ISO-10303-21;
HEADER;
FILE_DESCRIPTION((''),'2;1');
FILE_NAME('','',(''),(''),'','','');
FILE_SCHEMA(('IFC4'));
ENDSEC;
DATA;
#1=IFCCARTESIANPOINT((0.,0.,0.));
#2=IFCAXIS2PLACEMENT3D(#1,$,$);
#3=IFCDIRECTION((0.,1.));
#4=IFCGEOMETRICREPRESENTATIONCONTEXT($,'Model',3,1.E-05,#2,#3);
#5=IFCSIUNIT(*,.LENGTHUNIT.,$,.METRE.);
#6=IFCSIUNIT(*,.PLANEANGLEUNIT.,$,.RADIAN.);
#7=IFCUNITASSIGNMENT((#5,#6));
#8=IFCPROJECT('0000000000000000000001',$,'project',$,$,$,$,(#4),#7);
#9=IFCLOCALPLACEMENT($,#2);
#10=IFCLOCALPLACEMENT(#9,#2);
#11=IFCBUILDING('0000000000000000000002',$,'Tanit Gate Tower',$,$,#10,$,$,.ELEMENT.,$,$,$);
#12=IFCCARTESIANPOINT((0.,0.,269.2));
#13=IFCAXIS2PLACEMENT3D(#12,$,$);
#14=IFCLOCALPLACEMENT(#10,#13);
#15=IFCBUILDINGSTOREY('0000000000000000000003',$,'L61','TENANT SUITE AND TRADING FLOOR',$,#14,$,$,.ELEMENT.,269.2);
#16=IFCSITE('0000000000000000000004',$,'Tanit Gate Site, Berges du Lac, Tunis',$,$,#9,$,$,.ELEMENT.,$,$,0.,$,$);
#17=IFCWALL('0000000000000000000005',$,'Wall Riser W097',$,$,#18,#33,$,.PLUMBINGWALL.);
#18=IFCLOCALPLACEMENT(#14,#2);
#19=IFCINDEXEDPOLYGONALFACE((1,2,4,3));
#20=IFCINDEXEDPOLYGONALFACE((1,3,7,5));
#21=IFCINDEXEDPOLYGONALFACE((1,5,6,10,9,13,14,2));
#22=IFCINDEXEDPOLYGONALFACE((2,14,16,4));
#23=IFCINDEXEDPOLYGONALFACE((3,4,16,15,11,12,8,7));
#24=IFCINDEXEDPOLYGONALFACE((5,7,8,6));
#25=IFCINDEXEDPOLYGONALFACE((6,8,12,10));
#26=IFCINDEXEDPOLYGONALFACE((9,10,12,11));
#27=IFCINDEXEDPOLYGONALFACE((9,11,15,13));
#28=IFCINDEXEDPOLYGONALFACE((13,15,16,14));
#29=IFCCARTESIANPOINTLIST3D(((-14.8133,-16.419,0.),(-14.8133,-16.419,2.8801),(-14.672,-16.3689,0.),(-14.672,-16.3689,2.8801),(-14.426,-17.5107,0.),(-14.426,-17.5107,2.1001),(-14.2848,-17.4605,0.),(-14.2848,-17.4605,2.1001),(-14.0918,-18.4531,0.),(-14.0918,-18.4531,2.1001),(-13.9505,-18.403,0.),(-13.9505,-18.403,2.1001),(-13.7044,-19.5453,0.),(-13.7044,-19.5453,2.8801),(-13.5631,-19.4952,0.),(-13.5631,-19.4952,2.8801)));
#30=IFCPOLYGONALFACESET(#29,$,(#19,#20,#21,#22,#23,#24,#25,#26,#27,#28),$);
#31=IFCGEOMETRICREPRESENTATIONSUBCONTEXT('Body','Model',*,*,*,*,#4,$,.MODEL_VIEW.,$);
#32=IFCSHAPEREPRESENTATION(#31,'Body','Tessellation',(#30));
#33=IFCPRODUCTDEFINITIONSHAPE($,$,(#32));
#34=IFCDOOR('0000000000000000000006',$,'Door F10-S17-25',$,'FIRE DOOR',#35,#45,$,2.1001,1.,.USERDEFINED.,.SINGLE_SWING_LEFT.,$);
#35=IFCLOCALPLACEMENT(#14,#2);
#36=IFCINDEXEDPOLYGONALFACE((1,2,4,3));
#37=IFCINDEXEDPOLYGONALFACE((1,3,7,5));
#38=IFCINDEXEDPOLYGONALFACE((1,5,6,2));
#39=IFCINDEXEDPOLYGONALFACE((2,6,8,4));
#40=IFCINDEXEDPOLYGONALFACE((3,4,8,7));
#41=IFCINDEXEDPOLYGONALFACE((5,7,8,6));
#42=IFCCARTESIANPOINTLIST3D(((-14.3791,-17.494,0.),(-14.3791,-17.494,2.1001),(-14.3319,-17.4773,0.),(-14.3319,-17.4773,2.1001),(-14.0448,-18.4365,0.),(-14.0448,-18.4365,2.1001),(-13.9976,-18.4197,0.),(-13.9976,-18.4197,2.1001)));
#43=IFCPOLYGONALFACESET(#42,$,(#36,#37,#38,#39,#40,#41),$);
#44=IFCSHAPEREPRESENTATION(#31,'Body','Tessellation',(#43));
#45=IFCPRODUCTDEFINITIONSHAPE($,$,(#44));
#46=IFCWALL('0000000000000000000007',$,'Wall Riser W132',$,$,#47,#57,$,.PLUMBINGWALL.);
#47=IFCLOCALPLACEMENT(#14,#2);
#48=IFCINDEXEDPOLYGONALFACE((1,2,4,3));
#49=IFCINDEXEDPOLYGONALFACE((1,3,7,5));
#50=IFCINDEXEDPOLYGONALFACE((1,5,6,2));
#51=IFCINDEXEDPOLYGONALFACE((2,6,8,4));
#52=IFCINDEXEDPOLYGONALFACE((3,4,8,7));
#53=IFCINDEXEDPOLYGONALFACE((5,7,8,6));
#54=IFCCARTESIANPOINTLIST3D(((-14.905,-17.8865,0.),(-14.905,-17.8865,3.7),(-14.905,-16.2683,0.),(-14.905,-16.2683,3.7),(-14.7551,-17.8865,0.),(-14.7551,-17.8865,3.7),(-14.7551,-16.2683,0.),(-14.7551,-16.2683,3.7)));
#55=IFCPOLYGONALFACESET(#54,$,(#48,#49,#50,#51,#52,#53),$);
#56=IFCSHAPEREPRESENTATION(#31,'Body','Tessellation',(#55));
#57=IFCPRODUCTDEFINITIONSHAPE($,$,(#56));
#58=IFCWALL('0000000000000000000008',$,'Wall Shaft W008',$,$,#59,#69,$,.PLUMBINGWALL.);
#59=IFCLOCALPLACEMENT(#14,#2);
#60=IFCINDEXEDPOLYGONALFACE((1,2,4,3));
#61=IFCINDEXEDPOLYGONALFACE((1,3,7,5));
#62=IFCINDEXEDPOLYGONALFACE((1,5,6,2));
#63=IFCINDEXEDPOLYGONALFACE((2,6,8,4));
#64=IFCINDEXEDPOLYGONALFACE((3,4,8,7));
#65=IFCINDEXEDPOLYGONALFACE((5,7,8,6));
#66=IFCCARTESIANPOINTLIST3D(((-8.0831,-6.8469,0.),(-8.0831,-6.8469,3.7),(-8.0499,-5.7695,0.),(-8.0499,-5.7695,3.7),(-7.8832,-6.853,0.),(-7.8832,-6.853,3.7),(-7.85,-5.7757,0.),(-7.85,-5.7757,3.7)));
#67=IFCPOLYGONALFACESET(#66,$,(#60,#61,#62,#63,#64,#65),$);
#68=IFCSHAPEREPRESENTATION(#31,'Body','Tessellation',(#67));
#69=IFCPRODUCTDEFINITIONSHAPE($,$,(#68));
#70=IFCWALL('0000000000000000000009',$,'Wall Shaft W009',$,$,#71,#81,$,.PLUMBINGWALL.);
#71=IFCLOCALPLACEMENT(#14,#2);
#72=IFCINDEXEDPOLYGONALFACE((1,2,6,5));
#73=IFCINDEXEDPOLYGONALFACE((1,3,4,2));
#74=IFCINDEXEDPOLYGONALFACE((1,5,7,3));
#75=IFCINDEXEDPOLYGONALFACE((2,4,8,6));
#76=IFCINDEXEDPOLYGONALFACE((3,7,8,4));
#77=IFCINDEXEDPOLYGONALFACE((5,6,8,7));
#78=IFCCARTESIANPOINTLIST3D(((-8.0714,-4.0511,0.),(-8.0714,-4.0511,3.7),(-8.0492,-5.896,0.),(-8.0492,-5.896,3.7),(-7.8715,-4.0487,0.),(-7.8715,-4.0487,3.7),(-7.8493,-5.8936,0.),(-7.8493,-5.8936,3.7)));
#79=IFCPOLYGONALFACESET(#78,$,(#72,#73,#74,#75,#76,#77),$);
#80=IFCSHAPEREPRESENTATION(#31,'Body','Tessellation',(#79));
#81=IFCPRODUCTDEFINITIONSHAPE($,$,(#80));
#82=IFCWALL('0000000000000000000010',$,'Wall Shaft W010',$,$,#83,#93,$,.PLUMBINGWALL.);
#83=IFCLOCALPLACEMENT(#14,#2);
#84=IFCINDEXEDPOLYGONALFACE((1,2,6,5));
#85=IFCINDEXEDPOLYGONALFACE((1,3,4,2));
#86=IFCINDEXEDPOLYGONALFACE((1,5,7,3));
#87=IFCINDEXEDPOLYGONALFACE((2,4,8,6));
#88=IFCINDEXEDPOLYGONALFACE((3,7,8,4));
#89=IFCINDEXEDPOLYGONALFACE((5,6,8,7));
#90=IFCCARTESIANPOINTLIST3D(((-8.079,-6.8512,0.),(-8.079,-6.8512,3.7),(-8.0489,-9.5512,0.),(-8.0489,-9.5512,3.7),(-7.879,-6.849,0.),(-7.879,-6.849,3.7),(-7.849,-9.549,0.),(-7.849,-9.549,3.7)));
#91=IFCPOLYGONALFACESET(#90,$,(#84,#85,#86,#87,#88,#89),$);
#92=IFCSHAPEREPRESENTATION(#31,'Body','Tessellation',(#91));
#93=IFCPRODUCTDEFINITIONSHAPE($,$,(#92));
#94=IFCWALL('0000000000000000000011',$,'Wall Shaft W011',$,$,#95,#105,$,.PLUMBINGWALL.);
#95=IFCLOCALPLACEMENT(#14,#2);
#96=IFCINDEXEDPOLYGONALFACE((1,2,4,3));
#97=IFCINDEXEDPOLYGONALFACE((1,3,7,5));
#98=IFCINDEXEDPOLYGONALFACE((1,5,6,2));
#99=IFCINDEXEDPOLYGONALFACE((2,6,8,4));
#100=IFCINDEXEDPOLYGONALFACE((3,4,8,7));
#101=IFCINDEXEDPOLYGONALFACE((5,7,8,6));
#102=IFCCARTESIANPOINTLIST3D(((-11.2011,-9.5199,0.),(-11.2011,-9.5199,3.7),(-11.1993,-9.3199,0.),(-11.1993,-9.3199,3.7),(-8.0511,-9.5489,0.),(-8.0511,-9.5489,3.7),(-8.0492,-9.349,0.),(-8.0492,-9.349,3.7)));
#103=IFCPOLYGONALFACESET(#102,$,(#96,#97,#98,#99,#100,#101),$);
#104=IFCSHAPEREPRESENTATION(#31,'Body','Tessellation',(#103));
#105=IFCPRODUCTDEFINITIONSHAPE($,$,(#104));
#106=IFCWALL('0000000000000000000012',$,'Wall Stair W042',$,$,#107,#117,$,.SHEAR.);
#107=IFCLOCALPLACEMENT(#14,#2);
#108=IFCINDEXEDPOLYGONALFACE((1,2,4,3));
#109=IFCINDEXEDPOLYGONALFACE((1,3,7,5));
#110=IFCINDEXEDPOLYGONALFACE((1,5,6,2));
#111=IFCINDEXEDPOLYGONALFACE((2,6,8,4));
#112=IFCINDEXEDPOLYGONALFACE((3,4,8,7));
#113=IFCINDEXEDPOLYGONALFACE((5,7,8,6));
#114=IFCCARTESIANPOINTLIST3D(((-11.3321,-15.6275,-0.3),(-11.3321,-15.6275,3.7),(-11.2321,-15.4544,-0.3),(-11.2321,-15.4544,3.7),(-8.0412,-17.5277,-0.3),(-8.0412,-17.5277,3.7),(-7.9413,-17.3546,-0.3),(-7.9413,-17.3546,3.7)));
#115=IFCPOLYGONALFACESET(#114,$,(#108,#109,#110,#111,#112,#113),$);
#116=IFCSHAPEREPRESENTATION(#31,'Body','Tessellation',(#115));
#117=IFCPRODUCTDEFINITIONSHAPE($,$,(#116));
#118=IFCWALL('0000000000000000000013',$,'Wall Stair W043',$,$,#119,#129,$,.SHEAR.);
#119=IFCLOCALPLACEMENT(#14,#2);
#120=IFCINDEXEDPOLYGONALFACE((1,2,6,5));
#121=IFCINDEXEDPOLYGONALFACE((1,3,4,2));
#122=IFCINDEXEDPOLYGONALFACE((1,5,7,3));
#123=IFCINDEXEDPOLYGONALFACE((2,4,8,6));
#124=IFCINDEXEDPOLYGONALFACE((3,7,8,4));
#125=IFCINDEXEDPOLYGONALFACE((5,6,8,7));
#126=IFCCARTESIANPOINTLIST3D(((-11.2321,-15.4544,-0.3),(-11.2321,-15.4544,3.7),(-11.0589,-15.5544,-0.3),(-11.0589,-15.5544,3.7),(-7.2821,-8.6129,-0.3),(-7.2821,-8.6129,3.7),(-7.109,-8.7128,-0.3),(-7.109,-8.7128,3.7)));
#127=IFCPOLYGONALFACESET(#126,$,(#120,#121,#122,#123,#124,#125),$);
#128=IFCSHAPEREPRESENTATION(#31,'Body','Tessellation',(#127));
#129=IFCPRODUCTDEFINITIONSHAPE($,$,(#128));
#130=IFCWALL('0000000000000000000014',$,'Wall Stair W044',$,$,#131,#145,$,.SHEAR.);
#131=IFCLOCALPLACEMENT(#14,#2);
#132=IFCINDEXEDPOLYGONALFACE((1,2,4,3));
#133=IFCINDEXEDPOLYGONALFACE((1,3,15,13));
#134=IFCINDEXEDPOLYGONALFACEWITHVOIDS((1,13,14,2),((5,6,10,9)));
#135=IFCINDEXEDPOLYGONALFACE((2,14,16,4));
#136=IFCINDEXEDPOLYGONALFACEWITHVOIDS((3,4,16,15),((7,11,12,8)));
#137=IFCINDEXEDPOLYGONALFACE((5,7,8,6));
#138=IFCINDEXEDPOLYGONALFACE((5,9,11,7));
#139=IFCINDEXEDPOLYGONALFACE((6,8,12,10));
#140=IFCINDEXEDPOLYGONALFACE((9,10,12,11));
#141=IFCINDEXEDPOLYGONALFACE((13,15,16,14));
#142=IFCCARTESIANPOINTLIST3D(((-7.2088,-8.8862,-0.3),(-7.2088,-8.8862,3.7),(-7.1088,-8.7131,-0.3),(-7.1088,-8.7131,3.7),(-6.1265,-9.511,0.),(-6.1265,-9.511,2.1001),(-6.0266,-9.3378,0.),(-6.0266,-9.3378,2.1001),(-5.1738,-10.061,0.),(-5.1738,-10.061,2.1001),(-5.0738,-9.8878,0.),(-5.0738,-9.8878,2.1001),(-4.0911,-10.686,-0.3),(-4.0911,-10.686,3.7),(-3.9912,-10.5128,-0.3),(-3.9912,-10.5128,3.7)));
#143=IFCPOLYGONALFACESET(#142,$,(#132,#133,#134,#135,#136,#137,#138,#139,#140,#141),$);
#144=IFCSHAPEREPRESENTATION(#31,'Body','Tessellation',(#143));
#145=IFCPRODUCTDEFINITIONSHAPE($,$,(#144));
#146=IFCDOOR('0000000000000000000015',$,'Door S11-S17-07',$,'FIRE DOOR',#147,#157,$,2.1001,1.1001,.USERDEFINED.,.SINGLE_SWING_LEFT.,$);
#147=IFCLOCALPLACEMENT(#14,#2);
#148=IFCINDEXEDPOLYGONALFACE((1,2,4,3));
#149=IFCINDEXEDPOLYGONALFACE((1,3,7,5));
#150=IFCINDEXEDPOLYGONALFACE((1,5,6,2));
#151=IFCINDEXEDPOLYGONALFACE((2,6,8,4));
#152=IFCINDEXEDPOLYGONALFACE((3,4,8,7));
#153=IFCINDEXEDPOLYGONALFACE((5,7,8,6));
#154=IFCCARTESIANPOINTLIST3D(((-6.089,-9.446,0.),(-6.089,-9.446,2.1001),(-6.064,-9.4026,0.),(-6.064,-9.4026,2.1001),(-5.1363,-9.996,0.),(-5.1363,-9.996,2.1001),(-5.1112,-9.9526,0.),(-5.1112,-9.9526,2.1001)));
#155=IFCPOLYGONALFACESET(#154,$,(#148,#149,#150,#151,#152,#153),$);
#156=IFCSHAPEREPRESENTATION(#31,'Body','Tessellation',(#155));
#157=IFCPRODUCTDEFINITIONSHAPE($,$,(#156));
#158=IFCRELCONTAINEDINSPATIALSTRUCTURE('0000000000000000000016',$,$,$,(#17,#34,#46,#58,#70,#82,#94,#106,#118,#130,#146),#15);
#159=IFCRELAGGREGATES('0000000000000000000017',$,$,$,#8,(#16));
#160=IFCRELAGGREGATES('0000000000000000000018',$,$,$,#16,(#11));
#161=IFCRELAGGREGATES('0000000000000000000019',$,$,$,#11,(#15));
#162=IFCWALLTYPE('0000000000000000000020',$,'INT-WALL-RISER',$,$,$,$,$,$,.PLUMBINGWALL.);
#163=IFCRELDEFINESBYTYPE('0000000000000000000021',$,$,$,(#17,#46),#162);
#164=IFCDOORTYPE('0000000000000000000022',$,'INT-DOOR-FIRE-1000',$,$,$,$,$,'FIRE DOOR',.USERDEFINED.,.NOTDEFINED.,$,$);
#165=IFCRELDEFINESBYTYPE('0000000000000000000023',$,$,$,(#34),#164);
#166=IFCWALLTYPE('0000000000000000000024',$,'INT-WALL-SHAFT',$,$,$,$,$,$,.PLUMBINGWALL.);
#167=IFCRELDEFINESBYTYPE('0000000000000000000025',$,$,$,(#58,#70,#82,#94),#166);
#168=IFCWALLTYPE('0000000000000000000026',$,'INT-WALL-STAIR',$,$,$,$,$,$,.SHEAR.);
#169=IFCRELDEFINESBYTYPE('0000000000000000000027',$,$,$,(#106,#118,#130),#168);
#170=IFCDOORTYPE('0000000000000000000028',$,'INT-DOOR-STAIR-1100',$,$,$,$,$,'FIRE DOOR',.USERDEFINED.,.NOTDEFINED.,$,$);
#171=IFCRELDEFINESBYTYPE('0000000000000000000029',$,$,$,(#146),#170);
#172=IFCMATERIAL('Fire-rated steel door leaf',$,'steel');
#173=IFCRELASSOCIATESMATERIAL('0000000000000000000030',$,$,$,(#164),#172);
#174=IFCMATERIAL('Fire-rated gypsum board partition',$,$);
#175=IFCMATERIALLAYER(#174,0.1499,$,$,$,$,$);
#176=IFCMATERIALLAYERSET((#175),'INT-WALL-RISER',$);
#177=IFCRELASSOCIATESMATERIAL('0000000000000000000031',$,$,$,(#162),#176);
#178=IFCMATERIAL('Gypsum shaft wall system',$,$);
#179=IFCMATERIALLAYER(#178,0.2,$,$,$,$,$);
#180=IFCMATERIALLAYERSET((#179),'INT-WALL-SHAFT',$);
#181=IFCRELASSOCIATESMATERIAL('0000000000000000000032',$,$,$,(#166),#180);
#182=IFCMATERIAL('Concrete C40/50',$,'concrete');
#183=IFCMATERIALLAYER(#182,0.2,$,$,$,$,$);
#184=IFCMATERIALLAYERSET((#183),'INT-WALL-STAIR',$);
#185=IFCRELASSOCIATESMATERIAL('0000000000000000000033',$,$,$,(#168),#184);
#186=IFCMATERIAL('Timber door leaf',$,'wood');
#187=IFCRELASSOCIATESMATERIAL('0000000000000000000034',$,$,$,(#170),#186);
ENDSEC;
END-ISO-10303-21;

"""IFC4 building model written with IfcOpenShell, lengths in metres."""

from ifc_helpers import new_model, si_unit, direction, frame, frame_2d, origin, place, context, subcontext, project, spatial, rectangle, extrude, material, layer, layer_set, type_object, element, fill, save


model = new_model("IFC4")

# Units and contexts
model_context = context("Model", 3, precision=1e-05, world=origin(), true_north=direction((0.0, 1.0)))
body_context = subcontext(model_context, "Body", "Model", "MODEL_VIEW")
ifc_project = project(units=[si_unit("LENGTHUNIT", "METRE"), si_unit("PLANEANGLEUNIT", "RADIAN")], contexts=[model_context])

# Site, building, storey
site_placement = place(None, origin())
site = spatial("IfcSite", under=ifc_project, at=site_placement, Name="Tanit Gate Site, Berges du Lac, Tunis", CompositionType="ELEMENT", RefElevation=0.0)
building_placement = place(site_placement, origin())
building = spatial("IfcBuilding", under=site, at=building_placement, Name="Tanit Gate Tower", CompositionType="ELEMENT")
storey_placement = place(building_placement, frame((0.0, 0.0, 269.2)))
storey = spatial("IfcBuildingStorey", under=building, at=storey_placement, Name="L61", Description="TENANT SUITE AND TRADING FLOOR", CompositionType="ELEMENT", Elevation=269.2)

# Shared definitions
ifc_material_1 = material(Name="Fire-rated steel door leaf", Category="steel")
door_type_1 = type_object("IfcDoorType", Name="INT-DOOR-FIRE-1000", ElementType="FIRE DOOR", OperationType="NOTDEFINED", PredefinedType="USERDEFINED", material=ifc_material_1)

# Wall, opening, door
ifc_material_2 = material(Name="Fire-rated gypsum board partition")
ifc_layer_1 = layer(ifc_material_2, 0.1499)
ifc_layer_set_1 = layer_set([ifc_layer_1], Name="INT-WALL-RISER")
wall_type_1 = type_object("IfcWallType", Name="INT-WALL-RISER", PredefinedType="PLUMBINGWALL", material=ifc_layer_set_1)
wall_1_placement = place(storey_placement, frame((-14.7427, -16.3938, 0.0), z_axis=(0.0, 0.0, 1.0), x_axis=(0.334298, -0.942467, 0.0)))
wall_1 = element("IfcWall", 1, at=wall_1_placement, inside=storey, type_object=wall_type_1, Name="Wall Riser W097", PredefinedType="PLUMBINGWALL", context=body_context, shape_type="SweptSolid", body=[
    extrude(rectangle(XDim=3.3171, YDim=0.1499, at=frame_2d((1.6587, 0.0))), origin(), (0.0, 0.0, 1.0), 2.8801),
])
opening_1_placement = place(wall_1_placement, frame((1.1584, 0.0, 0.0)))
opening_1 = element("IfcOpeningElement", 2, at=opening_1_placement, cuts=wall_1, PredefinedType="OPENING", context=body_context, shape_type="SweptSolid", body=[
    extrude(rectangle(XDim=1.0, YDim=2.1001, at=frame_2d((0.5, 1.05))), frame((0.0, 0.085, 0.0), z_axis=(0.0, -1.0, 0.0), x_axis=(1.0, 0.0, 0.0)), (0.0, 0.0, 1.0), 0.1699),
])
door_1_placement = place(opening_1_placement, origin())
door_1 = element("IfcDoor", 3, at=door_1_placement, inside=storey, type_object=door_type_1, Name="Door F10-S17-25", ObjectType="FIRE DOOR", OperationType="SINGLE_SWING_LEFT", OverallHeight=2.1001, OverallWidth=1.0, PredefinedType="USERDEFINED", context=body_context, shape_type="SweptSolid", body=[
    extrude(rectangle(XDim=1.0, YDim=2.1001, at=frame_2d((0.5, 1.05))), frame((0.0, 0.0249, 0.0), z_axis=(0.0, -1.0, 0.0), x_axis=(1.0, 0.0, 0.0)), (0.0, 0.0, 1.0), 0.05),
])
fill(opening_1, door_1)

# Walls
wall_2_placement = place(storey_placement, frame((-14.8301, -17.8865, 0.0), z_axis=(0.0, 0.0, 1.0), x_axis=(0.0, 1.0, 0.0)))
element("IfcWall", 4, at=wall_2_placement, inside=storey, type_object=wall_type_1, Name="Wall Riser W132", PredefinedType="PLUMBINGWALL", context=body_context, shape_type="SweptSolid", body=[
    extrude(rectangle(XDim=1.6182, YDim=0.1499, at=frame_2d((0.8091, 0.0))), origin(), (0.0, 0.0, 1.0), 3.7),
])
ifc_material_3 = material(Name="Gypsum shaft wall system")
ifc_layer_2 = layer(ifc_material_3, 0.2)
ifc_layer_set_2 = layer_set([ifc_layer_2], Name="INT-WALL-SHAFT")
wall_type_2 = type_object("IfcWallType", Name="INT-WALL-SHAFT", PredefinedType="PLUMBINGWALL", material=ifc_layer_set_2)
wall_3_placement = place(storey_placement, frame((-7.95, -5.7725, 0.0), z_axis=(0.0, 0.0, 1.0), x_axis=(-0.030803, -0.999525, 0.0)))
element("IfcWall", 5, at=wall_3_placement, inside=storey, type_object=wall_type_2, Name="Wall Shaft W008", PredefinedType="PLUMBINGWALL", context=body_context, shape_type="SweptSolid", body=[
    extrude(rectangle(XDim=1.0779, YDim=0.2, at=frame_2d((0.5391, 0.0))), origin(), (0.0, 0.0, 1.0), 3.7),
])
wall_4_placement = place(storey_placement, frame((-7.9714, -4.05, 0.0), z_axis=(0.0, 0.0, 1.0), x_axis=(0.012043, -0.999927, 0.0)))
element("IfcWall", 6, at=wall_4_placement, inside=storey, type_object=wall_type_2, Name="Wall Shaft W009", PredefinedType="PLUMBINGWALL", context=body_context, shape_type="SweptSolid", body=[
    extrude(rectangle(XDim=1.845, YDim=0.2, at=frame_2d((0.9224, 0.0))), origin(), (0.0, 0.0, 1.0), 3.7),
])
wall_5_placement = place(storey_placement, frame((-7.979, -6.8501, 0.0), z_axis=(0.0, 0.0, 1.0), x_axis=(0.011121, -0.999938, 0.0)))
element("IfcWall", 7, at=wall_5_placement, inside=storey, type_object=wall_type_2, Name="Wall Shaft W010", PredefinedType="PLUMBINGWALL", context=body_context, shape_type="SweptSolid", body=[
    extrude(rectangle(XDim=2.7002, YDim=0.2, at=frame_2d((1.3501, 0.0))), origin(), (0.0, 0.0, 1.0), 3.7),
])
wall_6_placement = place(storey_placement, frame((-8.05, -9.449, 0.0), z_axis=(0.0, 0.0, 1.0), x_axis=(-0.999957, 0.009223, 0.0)))
element("IfcWall", 8, at=wall_6_placement, inside=storey, type_object=wall_type_2, Name="Wall Shaft W011", PredefinedType="PLUMBINGWALL", context=body_context, shape_type="SweptSolid", body=[
    extrude(rectangle(XDim=3.1501, YDim=0.2, at=frame_2d((1.5752, 0.0))), origin(), (0.0, 0.0, 1.0), 3.7),
])
ifc_material_4 = material(Name="Concrete C40/50", Category="concrete")
ifc_layer_3 = layer(ifc_material_4, 0.2)
ifc_layer_set_3 = layer_set([ifc_layer_3], Name="INT-WALL-STAIR")
wall_type_3 = type_object("IfcWallType", Name="INT-WALL-STAIR", PredefinedType="SHEAR", material=ifc_layer_set_3)
wall_7_placement = place(storey_placement, frame((-11.282, -15.541, -0.3), z_axis=(0.0, 0.0, 1.0), x_axis=(0.866, -0.500043, 0.0)))
element("IfcWall", 9, at=wall_7_placement, inside=storey, type_object=wall_type_3, Name="Wall Stair W042", PredefinedType="SHEAR", context=body_context, shape_type="SweptSolid", body=[
    extrude(rectangle(XDim=3.8, YDim=0.2, at=frame_2d((1.8999, 0.0))), origin(), (0.0, 0.0, 1.0), 4.0),
])
wall_8_placement = place(storey_placement, frame((-7.1956, -8.6628, -0.3), z_axis=(0.0, 0.0, 1.0), x_axis=(-0.499998, -0.866027, 0.0)))
element("IfcWall", 10, at=wall_8_placement, inside=storey, type_object=wall_type_3, Name="Wall Stair W043", PredefinedType="SHEAR", context=body_context, shape_type="SweptSolid", body=[
    extrude(rectangle(XDim=7.8999, YDim=0.2, at=frame_2d((3.95, 0.0))), origin(), (0.0, 0.0, 1.0), 4.0),
])

# Wall, opening, door
wall_9_placement = place(storey_placement, frame((-4.0413, -10.5994, -0.3), z_axis=(0.0, 0.0, 1.0), x_axis=(-0.866048, 0.499961, 0.0)))
wall_9 = element("IfcWall", 11, at=wall_9_placement, inside=storey, type_object=wall_type_3, Name="Wall Stair W044", PredefinedType="SHEAR", context=body_context, shape_type="SweptSolid", body=[
    extrude(rectangle(XDim=3.5999, YDim=0.2, at=frame_2d((1.7998, 0.0))), origin(), (0.0, 0.0, 1.0), 4.0),
])
opening_2_placement = place(wall_9_placement, frame((1.25, 0.0, 0.3)))
opening_2 = element("IfcOpeningElement", 12, at=opening_2_placement, cuts=wall_9, PredefinedType="OPENING", context=body_context, shape_type="SweptSolid", body=[
    extrude(rectangle(XDim=1.1001, YDim=2.1001, at=frame_2d((0.55, 1.05))), frame((0.0, 0.1099, 0.0), z_axis=(0.0, -1.0, 0.0), x_axis=(1.0, 0.0, 0.0)), (0.0, 0.0, 1.0), 0.22),
])
ifc_material_5 = material(Name="Timber door leaf", Category="wood")
door_type_2 = type_object("IfcDoorType", Name="INT-DOOR-STAIR-1100", ElementType="FIRE DOOR", OperationType="NOTDEFINED", PredefinedType="USERDEFINED", material=ifc_material_5)
door_2_placement = place(opening_2_placement, origin())
door_2 = element("IfcDoor", 13, at=door_2_placement, inside=storey, type_object=door_type_2, Name="Door S11-S17-07", ObjectType="FIRE DOOR", OperationType="SINGLE_SWING_LEFT", OverallHeight=2.1001, OverallWidth=1.1001, PredefinedType="USERDEFINED", context=body_context, shape_type="SweptSolid", body=[
    extrude(rectangle(XDim=1.1001, YDim=2.1001, at=frame_2d((0.55, 1.05))), frame((0.0, 0.0249, 0.0), z_axis=(0.0, -1.0, 0.0), x_axis=(1.0, 0.0, 0.0)), (0.0, 0.0, 1.0), 0.05),
])
fill(opening_2, door_2)

save(model, "model.ifc")
